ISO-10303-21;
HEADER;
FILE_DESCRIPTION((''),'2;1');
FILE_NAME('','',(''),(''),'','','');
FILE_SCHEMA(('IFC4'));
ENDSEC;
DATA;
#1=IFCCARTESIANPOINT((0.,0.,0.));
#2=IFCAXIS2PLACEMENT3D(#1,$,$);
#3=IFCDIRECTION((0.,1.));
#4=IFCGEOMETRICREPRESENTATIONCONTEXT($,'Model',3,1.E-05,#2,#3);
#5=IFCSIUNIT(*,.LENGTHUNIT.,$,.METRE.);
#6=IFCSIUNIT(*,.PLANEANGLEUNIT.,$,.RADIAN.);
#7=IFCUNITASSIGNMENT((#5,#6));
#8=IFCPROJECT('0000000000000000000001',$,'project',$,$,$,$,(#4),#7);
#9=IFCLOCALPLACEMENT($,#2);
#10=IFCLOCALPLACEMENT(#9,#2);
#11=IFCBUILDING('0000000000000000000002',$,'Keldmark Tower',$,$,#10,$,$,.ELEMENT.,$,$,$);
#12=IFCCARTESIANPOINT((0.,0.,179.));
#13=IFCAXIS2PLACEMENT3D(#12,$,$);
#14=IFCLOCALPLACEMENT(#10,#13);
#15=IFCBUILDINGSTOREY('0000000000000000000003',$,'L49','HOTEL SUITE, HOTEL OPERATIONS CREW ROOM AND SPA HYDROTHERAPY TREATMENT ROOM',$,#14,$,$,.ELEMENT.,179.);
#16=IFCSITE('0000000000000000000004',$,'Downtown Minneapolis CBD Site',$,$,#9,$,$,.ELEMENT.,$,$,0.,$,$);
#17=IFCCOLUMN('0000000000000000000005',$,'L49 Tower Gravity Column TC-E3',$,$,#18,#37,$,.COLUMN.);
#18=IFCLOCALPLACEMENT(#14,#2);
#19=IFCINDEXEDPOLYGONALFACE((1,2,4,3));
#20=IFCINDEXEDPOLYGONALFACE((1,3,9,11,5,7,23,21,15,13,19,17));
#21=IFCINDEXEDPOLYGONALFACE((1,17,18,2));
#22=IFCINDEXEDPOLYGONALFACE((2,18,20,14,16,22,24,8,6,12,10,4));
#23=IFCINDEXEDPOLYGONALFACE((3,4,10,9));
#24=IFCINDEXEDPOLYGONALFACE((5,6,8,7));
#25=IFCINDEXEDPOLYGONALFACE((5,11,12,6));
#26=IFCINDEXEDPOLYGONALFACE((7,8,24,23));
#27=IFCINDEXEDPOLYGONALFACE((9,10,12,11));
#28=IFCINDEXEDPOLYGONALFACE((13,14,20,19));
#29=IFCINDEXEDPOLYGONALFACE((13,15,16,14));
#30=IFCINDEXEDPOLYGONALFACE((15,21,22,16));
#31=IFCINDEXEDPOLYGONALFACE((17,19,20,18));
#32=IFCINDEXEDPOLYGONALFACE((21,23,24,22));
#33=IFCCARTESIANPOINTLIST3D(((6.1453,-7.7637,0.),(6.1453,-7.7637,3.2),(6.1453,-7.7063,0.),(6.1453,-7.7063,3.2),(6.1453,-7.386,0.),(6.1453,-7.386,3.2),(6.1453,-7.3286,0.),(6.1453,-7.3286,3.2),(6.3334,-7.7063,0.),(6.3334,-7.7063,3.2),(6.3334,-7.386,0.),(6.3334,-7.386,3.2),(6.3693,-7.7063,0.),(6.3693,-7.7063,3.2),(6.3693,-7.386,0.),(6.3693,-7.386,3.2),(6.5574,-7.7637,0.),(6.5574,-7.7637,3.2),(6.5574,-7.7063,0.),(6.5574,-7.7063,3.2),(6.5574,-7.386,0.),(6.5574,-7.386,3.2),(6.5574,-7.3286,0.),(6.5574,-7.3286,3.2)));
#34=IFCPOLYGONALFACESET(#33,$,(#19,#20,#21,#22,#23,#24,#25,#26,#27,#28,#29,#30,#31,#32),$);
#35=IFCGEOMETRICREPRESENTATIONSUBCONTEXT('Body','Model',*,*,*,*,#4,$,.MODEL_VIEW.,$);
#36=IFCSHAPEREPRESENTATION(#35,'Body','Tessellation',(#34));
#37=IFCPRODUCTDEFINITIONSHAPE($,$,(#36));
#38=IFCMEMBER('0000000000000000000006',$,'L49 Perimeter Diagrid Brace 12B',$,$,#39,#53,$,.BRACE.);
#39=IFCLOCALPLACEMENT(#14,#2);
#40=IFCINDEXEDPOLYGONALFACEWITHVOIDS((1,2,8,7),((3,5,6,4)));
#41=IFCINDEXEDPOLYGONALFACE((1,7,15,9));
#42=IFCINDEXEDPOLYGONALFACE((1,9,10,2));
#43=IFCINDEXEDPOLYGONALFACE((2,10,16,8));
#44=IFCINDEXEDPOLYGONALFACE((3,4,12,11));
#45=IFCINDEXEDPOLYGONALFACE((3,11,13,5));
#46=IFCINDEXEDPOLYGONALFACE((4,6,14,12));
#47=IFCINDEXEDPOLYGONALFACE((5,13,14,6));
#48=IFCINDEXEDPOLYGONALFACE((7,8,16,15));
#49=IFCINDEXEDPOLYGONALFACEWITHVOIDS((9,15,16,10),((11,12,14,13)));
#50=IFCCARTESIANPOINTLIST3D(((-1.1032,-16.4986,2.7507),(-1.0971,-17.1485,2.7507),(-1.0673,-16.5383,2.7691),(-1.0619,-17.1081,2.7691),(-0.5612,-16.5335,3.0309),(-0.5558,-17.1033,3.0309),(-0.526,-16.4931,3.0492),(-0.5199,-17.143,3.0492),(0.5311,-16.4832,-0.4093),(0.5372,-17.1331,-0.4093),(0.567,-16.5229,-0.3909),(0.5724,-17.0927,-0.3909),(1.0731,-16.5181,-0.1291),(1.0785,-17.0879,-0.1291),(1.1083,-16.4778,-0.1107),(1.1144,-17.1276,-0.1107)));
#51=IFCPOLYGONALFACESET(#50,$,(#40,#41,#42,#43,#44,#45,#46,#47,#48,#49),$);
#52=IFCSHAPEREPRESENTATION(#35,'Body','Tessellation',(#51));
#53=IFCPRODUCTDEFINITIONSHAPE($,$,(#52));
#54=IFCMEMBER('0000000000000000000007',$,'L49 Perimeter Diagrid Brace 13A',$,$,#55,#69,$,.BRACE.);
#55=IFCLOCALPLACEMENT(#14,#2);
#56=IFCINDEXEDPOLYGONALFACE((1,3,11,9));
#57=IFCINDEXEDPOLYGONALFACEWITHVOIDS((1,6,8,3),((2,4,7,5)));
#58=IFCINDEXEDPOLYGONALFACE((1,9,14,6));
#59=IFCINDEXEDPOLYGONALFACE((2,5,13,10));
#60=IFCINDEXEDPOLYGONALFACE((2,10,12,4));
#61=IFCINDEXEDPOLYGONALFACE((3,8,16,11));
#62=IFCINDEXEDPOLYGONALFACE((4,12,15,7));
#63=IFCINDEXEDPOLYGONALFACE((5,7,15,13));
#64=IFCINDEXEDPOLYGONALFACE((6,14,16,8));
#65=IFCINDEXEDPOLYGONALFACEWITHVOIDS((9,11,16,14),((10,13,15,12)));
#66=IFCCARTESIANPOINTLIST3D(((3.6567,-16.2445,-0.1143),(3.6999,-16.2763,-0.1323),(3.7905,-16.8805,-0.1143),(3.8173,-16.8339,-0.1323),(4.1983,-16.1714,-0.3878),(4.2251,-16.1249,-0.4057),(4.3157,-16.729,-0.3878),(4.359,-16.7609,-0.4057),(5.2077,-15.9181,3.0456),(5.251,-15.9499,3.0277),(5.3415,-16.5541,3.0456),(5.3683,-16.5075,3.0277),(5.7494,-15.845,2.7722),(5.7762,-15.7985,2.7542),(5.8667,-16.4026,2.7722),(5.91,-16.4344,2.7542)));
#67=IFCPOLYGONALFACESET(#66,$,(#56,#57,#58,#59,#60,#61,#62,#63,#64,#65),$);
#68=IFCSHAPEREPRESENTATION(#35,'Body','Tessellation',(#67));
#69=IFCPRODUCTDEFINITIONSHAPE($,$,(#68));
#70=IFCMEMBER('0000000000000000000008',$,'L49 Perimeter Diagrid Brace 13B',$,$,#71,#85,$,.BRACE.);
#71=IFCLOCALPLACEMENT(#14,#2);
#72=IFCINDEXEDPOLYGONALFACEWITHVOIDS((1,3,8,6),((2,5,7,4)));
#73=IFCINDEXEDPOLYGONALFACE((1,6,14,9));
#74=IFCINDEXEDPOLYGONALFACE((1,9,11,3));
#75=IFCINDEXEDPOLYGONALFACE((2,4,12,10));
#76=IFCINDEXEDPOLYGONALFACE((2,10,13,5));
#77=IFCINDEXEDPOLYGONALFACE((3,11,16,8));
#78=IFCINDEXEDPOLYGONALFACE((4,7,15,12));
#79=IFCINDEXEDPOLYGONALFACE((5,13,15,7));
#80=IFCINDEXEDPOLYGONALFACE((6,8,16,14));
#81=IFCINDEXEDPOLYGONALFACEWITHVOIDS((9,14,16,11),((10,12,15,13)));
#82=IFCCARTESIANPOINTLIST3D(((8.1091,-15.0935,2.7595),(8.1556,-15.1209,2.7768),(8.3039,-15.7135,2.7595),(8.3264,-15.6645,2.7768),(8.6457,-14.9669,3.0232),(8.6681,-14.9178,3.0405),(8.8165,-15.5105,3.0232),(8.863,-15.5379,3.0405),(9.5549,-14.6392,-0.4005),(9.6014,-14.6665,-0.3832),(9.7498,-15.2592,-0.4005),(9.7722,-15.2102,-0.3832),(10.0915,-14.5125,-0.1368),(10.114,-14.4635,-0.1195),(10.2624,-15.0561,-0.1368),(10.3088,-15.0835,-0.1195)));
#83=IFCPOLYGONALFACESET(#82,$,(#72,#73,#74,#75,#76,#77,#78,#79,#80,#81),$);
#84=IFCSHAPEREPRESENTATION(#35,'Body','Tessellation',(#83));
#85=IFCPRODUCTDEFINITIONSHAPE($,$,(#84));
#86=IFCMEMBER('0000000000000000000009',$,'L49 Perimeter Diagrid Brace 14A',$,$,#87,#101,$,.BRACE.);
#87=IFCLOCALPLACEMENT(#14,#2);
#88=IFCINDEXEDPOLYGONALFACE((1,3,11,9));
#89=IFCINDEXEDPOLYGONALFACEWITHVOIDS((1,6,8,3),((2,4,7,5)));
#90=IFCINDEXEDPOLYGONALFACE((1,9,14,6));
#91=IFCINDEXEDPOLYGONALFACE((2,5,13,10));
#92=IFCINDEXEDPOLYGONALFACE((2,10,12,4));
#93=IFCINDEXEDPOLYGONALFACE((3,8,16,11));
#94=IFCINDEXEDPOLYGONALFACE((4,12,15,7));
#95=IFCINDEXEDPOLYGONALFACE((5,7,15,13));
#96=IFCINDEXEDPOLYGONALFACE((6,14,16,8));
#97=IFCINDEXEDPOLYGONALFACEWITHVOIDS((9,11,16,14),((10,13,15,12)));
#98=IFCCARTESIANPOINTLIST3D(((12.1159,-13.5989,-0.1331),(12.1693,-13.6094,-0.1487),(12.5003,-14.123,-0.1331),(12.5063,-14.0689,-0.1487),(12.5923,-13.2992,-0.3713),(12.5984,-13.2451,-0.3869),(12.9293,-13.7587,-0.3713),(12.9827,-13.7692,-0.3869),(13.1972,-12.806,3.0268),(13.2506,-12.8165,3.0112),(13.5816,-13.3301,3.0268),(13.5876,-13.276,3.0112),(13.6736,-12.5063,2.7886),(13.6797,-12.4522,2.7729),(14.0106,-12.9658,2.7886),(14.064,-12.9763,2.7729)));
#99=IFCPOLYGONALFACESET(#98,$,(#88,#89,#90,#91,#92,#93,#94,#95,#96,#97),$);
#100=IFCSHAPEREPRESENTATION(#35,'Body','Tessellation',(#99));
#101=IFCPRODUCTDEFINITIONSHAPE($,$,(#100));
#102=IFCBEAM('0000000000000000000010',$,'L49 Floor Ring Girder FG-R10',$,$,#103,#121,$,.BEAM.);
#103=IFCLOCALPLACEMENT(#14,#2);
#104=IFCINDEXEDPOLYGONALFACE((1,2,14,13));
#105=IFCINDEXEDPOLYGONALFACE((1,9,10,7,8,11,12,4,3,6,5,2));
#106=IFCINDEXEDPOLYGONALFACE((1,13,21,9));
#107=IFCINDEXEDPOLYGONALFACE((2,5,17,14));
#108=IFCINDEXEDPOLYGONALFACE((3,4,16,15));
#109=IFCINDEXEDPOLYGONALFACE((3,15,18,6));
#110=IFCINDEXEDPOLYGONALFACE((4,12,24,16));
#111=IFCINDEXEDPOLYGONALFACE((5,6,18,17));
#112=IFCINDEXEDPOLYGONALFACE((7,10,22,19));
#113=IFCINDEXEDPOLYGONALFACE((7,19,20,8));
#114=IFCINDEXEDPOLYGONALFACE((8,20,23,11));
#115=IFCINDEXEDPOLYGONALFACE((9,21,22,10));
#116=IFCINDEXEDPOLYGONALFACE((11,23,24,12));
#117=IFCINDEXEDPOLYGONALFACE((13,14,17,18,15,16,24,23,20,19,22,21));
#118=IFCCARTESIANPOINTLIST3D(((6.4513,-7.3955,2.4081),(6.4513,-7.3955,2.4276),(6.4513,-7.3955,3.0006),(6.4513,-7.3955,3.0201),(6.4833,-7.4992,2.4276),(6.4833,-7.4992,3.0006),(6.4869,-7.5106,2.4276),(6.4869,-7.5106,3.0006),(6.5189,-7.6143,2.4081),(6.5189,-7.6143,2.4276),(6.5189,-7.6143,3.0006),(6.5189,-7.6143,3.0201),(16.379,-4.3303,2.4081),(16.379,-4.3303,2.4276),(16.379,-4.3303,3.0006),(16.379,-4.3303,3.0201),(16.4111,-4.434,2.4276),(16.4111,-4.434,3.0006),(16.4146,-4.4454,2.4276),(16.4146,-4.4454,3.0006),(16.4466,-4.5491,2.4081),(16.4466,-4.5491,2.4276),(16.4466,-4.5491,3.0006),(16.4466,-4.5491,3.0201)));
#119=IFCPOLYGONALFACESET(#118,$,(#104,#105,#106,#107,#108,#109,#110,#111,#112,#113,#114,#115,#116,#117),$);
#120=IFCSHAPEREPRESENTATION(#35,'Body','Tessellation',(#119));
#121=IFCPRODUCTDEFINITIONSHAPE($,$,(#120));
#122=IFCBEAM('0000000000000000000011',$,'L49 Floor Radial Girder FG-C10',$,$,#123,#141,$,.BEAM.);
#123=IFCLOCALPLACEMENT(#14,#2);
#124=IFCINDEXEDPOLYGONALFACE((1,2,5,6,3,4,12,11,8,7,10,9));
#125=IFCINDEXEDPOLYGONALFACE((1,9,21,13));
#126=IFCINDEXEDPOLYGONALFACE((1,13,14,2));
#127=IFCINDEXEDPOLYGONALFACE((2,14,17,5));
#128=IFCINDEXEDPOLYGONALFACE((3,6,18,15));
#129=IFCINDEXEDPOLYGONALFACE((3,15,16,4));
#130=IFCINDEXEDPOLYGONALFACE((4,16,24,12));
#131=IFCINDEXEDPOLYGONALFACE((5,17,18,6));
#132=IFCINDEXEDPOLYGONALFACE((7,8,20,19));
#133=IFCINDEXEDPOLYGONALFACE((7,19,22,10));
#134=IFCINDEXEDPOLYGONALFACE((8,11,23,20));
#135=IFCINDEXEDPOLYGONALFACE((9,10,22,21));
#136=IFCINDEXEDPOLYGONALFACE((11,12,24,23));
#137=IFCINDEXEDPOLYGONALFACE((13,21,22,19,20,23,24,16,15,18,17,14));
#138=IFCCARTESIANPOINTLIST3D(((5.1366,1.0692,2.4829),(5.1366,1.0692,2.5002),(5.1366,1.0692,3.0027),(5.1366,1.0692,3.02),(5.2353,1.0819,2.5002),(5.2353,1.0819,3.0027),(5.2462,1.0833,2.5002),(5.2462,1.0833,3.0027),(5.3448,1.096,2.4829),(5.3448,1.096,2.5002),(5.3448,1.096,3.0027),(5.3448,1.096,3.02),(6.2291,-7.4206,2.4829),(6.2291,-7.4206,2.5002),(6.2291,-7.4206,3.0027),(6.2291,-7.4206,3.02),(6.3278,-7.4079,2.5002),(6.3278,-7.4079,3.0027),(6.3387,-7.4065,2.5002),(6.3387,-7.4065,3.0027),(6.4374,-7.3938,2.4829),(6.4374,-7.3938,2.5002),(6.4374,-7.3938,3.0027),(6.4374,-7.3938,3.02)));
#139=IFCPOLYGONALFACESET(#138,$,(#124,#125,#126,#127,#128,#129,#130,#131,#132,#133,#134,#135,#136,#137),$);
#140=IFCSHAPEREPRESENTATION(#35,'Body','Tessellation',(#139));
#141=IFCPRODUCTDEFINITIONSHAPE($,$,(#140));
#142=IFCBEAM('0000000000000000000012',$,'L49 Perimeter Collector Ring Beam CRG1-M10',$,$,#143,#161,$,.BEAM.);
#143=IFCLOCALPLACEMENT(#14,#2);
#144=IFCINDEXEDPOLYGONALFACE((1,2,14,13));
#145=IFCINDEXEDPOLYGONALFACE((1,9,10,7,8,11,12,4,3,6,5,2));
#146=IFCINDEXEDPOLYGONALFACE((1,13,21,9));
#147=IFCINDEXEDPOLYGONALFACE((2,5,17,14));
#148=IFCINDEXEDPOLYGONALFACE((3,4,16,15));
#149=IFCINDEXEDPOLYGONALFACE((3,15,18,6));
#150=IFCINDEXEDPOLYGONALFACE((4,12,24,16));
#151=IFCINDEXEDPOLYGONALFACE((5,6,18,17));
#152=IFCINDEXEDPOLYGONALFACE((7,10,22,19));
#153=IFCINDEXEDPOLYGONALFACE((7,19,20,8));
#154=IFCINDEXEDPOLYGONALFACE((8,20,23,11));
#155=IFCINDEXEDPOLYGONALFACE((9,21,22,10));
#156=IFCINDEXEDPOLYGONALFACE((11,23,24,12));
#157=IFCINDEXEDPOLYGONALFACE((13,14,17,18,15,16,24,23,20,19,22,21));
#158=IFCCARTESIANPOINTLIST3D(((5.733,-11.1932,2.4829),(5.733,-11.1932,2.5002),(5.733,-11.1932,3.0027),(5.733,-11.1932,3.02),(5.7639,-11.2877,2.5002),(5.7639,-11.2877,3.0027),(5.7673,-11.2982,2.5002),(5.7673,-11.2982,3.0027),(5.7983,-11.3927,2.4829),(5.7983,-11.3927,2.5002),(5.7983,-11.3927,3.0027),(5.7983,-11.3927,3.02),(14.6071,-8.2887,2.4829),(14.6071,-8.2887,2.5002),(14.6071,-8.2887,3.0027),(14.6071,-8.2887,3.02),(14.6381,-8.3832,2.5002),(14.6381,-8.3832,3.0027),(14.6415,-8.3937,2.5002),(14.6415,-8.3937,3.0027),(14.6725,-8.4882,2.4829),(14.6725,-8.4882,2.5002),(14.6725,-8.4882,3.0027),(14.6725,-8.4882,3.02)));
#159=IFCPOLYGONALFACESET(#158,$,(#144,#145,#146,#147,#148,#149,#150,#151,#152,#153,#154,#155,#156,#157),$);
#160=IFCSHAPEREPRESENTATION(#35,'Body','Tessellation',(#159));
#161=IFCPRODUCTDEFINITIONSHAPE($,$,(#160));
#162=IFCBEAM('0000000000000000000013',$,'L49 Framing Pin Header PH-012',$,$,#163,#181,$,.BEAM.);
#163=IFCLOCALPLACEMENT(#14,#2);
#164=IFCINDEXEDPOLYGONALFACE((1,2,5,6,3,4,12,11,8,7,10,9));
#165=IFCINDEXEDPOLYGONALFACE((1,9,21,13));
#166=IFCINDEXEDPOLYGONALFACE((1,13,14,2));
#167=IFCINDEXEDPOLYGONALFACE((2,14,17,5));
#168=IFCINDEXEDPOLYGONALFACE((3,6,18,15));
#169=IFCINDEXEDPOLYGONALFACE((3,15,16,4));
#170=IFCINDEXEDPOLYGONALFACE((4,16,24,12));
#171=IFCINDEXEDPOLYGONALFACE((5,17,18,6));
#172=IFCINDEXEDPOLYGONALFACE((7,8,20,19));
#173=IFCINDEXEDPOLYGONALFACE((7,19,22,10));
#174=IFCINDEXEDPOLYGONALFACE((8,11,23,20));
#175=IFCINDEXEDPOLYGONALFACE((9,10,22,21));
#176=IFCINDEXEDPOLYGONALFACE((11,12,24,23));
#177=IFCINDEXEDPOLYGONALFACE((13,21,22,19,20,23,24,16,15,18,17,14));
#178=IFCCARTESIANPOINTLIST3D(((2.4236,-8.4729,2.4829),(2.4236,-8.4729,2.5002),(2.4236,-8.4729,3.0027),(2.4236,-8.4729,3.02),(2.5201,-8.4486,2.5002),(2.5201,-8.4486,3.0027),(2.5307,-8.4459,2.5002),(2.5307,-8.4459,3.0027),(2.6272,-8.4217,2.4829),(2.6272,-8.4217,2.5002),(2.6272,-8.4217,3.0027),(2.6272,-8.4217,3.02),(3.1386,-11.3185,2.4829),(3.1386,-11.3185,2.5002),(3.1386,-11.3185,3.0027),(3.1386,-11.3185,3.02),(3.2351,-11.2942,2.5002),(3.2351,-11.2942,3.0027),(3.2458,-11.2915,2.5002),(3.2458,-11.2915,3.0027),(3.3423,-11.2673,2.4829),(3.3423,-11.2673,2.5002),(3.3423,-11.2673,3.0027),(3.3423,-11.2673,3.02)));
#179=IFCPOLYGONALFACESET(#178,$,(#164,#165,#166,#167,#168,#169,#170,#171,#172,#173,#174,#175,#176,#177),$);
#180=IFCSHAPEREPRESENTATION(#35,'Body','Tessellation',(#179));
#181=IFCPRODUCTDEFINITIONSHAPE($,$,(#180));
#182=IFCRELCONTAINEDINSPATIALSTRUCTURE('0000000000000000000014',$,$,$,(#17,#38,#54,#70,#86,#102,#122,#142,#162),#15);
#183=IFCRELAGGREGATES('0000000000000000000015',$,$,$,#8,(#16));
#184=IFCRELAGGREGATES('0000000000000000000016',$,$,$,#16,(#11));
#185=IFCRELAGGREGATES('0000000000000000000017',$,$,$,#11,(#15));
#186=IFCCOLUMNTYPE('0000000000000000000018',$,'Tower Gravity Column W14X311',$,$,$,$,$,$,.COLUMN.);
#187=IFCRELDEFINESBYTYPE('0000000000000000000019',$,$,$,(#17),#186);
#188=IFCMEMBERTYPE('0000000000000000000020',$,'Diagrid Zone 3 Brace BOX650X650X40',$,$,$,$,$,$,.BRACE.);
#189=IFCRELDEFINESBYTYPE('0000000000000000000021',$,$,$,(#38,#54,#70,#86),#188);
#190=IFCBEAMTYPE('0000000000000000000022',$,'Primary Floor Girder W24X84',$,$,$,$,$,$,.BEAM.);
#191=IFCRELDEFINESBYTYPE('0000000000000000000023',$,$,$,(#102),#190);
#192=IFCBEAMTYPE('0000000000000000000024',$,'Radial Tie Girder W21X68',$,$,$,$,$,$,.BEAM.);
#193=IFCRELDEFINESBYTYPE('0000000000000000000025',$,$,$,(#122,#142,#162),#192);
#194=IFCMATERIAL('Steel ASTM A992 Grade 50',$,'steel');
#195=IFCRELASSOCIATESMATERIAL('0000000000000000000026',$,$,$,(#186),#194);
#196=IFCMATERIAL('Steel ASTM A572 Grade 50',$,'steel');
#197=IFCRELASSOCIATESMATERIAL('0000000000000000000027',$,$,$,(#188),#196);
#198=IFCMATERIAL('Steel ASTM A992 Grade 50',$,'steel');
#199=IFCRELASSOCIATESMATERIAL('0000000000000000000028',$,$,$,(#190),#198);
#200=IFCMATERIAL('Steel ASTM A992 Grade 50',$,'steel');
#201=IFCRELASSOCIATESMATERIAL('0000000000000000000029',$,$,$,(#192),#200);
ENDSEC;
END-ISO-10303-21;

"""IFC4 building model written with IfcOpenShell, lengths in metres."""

from ifc_helpers import new_model, si_unit, direction, frame, origin, origin_2d, place, context, subcontext, project, spatial, hollow_rectangle, i_section, extrude, material, material_profile, profile_set, type_object, element, save


model = new_model("IFC4")

# Units and contexts
model_context = context("Model", 3, precision=1e-05, world=origin(), true_north=direction((0.0, 1.0)))
body_context = subcontext(model_context, "Body", "Model", "MODEL_VIEW")
ifc_project = project(units=[si_unit("LENGTHUNIT", "METRE"), si_unit("PLANEANGLEUNIT", "RADIAN")], contexts=[model_context])

# Site, building, storey
site_placement = place(None, origin())
site = spatial("IfcSite", under=ifc_project, at=site_placement, Name="Downtown Minneapolis CBD Site", CompositionType="ELEMENT", RefElevation=0.0)
building_placement = place(site_placement, origin())
building = spatial("IfcBuilding", under=site, at=building_placement, Name="Keldmark Tower", CompositionType="ELEMENT")
storey_placement = place(building_placement, frame((0.0, 0.0, 179.0)))
storey = spatial("IfcBuildingStorey", under=building, at=storey_placement, Name="L49", Description="HOTEL SUITE, HOTEL OPERATIONS CREW ROOM AND SPA HYDROTHERAPY TREATMENT ROOM", CompositionType="ELEMENT", Elevation=179.0)

# Column
ifc_material_1 = material(Name="Steel ASTM A992 Grade 50", Category="steel")
ifc_material_profile_1 = material_profile(ifc_material_1, i_section(OverallWidth=0.4121, OverallDepth=0.4351, WebThickness=0.0359, FlangeThickness=0.0574, at=origin_2d()), Name="W14X311")
ifc_profile_set_1 = profile_set([ifc_material_profile_1], Name="Steel ASTM A992 Grade 50")
column_type = type_object("IfcColumnType", Name="Tower Gravity Column W14X311", PredefinedType="COLUMN", material=ifc_profile_set_1)
column_placement = place(storey_placement, frame((6.3513, -7.5461, 0.0), z_axis=(0.0, 0.0, 1.0), x_axis=(1.0, 0.0, 0.0)))
element("IfcColumn", 1, at=column_placement, inside=storey, type_object=column_type, Name="L49 Tower Gravity Column TC-E3", PredefinedType="COLUMN", context=body_context, shape_type="SweptSolid", body=[
    extrude(i_section(OverallWidth=0.4121, OverallDepth=0.4351, WebThickness=0.0359, FlangeThickness=0.0574, at=origin_2d()), origin(), (0.0, 0.0, 1.0), 3.2),
])

# Members
ifc_material_2 = material(Name="Steel ASTM A572 Grade 50", Category="steel")
ifc_material_profile_2 = material_profile(ifc_material_2, hollow_rectangle(XDim=0.6499, YDim=0.6499, WallThickness=0.04, at=origin_2d()), Name="BOX650X650X40")
ifc_profile_set_2 = profile_set([ifc_material_profile_2], Name="Steel ASTM A572 Grade 50")
member_type = type_object("IfcMemberType", Name="Diagrid Zone 3 Brace BOX650X650X40", PredefinedType="BRACE", material=ifc_profile_set_2)
member_1_placement = place(storey_placement, frame((0.8228, -16.8054, -0.26), z_axis=(-0.459383, -0.004323, 0.888228), x_axis=(0.009411, -0.999956, 0.0)))
element("IfcMember", 2, at=member_1_placement, inside=storey, type_object=member_type, Name="L49 Perimeter Diagrid Brace 12B", PredefinedType="BRACE", context=body_context, shape_type="SweptSolid", body=[
    extrude(hollow_rectangle(XDim=0.6499, YDim=0.6499, WallThickness=0.04, at=origin_2d()), origin(), (0.0, 0.0, 1.0), 3.5576),
])
member_2_placement = place(storey_placement, frame((4.0078, -16.5027, -0.26), z_axis=(0.438744, 0.092334, 0.893856), x_axis=(-0.205941, 0.978564, 0.0)))
element("IfcMember", 3, at=member_2_placement, inside=storey, type_object=member_type, Name="L49 Perimeter Diagrid Brace 13A", PredefinedType="BRACE", context=body_context, shape_type="SweptSolid", body=[
    extrude(hollow_rectangle(XDim=0.6499, YDim=0.6499, WallThickness=0.04, at=origin_2d()), origin(), (0.0, 0.0, 1.0), 3.5352),
])
member_3_placement = place(storey_placement, frame((9.9319, -14.8613, -0.26), z_axis=(-0.412551, -0.129645, 0.901662), x_axis=(0.299797, -0.954003, 0.0)))
element("IfcMember", 4, at=member_3_placement, inside=storey, type_object=member_type, Name="L49 Perimeter Diagrid Brace 13B", PredefinedType="BRACE", context=body_context, shape_type="SweptSolid", body=[
    extrude(hollow_rectangle(XDim=0.6499, YDim=0.6499, WallThickness=0.04, at=origin_2d()), origin(), (0.0, 0.0, 1.0), 3.5046),
])
member_4_placement = place(storey_placement, frame((12.5493, -13.6841, -0.26), z_axis=(0.315005, 0.231008, 0.920547), x_axis=(-0.591372, 0.806399, 0.0)))
element("IfcMember", 5, at=member_4_placement, inside=storey, type_object=member_type, Name="L49 Perimeter Diagrid Brace 14A", PredefinedType="BRACE", context=body_context, shape_type="SweptSolid", body=[
    extrude(hollow_rectangle(XDim=0.6499, YDim=0.6499, WallThickness=0.04, at=origin_2d()), origin(), (0.0, 0.0, 1.0), 3.4326),
])

# Beams
ifc_material_3 = material(Name="Steel ASTM A992 Grade 50", Category="steel")
ifc_material_profile_3 = material_profile(ifc_material_3, i_section(OverallWidth=0.229, OverallDepth=0.6121, WebThickness=0.012, FlangeThickness=0.0195, at=origin_2d()), Name="W24X84")
ifc_profile_set_3 = profile_set([ifc_material_profile_3], Name="Steel ASTM A992 Grade 50")
beam_type_1 = type_object("IfcBeamType", Name="Primary Floor Girder W24X84", PredefinedType="BEAM", material=ifc_profile_set_3)
beam_1_placement = place(storey_placement, frame((6.4851, -7.5049, 2.7141), z_axis=(0.955495, 0.295009, 0.0), x_axis=(-0.295009, 0.955495, 0.0)))
element("IfcBeam", 6, at=beam_1_placement, inside=storey, type_object=beam_type_1, Name="L49 Floor Ring Girder FG-R10", PredefinedType="BEAM", context=body_context, shape_type="SweptSolid", body=[
    extrude(i_section(OverallWidth=0.229, OverallDepth=0.6121, WebThickness=0.012, FlangeThickness=0.0195, at=origin_2d()), origin(), (0.0, 0.0, 1.0), 10.3901),
])
ifc_material_4 = material(Name="Steel ASTM A992 Grade 50", Category="steel")
ifc_material_profile_4 = material_profile(ifc_material_4, i_section(OverallWidth=0.21, OverallDepth=0.5371, WebThickness=0.011, FlangeThickness=0.0173, at=origin_2d()), Name="W21X68")
ifc_profile_set_4 = profile_set([ifc_material_profile_4], Name="Steel ASTM A992 Grade 50")
beam_type_2 = type_object("IfcBeamType", Name="Radial Tie Girder W21X68", PredefinedType="BEAM", material=ifc_profile_set_4)
beam_2_placement = place(storey_placement, frame((6.3333, -7.4072, 2.7515), z_axis=(-0.127636, 0.991821, 0.0), x_axis=(-0.991821, -0.127636, 0.0)))
element("IfcBeam", 7, at=beam_2_placement, inside=storey, type_object=beam_type_2, Name="L49 Floor Radial Girder FG-C10", PredefinedType="BEAM", context=body_context, shape_type="SweptSolid", body=[
    extrude(i_section(OverallWidth=0.21, OverallDepth=0.5371, WebThickness=0.011, FlangeThickness=0.0173, at=origin_2d()), origin(), (0.0, 0.0, 1.0), 8.5598),
])
beam_3_placement = place(storey_placement, frame((5.7656, -11.293, 2.7515), z_axis=(0.95039, 0.311062, 0.0), x_axis=(-0.311062, 0.95039, 0.0)))
element("IfcBeam", 8, at=beam_3_placement, inside=storey, type_object=beam_type_2, Name="L49 Perimeter Collector Ring Beam CRG1-M10", PredefinedType="BEAM", context=body_context, shape_type="SweptSolid", body=[
    extrude(i_section(OverallWidth=0.21, OverallDepth=0.5371, WebThickness=0.011, FlangeThickness=0.0173, at=origin_2d()), origin(), (0.0, 0.0, 1.0), 9.3374),
])
beam_4_placement = place(storey_placement, frame((2.5254, -8.4473, 2.7515), z_axis=(0.24371, -0.969848, 0.0), x_axis=(0.969848, 0.24371, 0.0)))
element("IfcBeam", 9, at=beam_4_placement, inside=storey, type_object=beam_type_2, Name="L49 Framing Pin Header PH-012", PredefinedType="BEAM", context=body_context, shape_type="SweptSolid", body=[
    extrude(i_section(OverallWidth=0.21, OverallDepth=0.5371, WebThickness=0.011, FlangeThickness=0.0173, at=origin_2d()), origin(), (0.0, 0.0, 1.0), 2.9341),
])

save(model, "model.ifc")
